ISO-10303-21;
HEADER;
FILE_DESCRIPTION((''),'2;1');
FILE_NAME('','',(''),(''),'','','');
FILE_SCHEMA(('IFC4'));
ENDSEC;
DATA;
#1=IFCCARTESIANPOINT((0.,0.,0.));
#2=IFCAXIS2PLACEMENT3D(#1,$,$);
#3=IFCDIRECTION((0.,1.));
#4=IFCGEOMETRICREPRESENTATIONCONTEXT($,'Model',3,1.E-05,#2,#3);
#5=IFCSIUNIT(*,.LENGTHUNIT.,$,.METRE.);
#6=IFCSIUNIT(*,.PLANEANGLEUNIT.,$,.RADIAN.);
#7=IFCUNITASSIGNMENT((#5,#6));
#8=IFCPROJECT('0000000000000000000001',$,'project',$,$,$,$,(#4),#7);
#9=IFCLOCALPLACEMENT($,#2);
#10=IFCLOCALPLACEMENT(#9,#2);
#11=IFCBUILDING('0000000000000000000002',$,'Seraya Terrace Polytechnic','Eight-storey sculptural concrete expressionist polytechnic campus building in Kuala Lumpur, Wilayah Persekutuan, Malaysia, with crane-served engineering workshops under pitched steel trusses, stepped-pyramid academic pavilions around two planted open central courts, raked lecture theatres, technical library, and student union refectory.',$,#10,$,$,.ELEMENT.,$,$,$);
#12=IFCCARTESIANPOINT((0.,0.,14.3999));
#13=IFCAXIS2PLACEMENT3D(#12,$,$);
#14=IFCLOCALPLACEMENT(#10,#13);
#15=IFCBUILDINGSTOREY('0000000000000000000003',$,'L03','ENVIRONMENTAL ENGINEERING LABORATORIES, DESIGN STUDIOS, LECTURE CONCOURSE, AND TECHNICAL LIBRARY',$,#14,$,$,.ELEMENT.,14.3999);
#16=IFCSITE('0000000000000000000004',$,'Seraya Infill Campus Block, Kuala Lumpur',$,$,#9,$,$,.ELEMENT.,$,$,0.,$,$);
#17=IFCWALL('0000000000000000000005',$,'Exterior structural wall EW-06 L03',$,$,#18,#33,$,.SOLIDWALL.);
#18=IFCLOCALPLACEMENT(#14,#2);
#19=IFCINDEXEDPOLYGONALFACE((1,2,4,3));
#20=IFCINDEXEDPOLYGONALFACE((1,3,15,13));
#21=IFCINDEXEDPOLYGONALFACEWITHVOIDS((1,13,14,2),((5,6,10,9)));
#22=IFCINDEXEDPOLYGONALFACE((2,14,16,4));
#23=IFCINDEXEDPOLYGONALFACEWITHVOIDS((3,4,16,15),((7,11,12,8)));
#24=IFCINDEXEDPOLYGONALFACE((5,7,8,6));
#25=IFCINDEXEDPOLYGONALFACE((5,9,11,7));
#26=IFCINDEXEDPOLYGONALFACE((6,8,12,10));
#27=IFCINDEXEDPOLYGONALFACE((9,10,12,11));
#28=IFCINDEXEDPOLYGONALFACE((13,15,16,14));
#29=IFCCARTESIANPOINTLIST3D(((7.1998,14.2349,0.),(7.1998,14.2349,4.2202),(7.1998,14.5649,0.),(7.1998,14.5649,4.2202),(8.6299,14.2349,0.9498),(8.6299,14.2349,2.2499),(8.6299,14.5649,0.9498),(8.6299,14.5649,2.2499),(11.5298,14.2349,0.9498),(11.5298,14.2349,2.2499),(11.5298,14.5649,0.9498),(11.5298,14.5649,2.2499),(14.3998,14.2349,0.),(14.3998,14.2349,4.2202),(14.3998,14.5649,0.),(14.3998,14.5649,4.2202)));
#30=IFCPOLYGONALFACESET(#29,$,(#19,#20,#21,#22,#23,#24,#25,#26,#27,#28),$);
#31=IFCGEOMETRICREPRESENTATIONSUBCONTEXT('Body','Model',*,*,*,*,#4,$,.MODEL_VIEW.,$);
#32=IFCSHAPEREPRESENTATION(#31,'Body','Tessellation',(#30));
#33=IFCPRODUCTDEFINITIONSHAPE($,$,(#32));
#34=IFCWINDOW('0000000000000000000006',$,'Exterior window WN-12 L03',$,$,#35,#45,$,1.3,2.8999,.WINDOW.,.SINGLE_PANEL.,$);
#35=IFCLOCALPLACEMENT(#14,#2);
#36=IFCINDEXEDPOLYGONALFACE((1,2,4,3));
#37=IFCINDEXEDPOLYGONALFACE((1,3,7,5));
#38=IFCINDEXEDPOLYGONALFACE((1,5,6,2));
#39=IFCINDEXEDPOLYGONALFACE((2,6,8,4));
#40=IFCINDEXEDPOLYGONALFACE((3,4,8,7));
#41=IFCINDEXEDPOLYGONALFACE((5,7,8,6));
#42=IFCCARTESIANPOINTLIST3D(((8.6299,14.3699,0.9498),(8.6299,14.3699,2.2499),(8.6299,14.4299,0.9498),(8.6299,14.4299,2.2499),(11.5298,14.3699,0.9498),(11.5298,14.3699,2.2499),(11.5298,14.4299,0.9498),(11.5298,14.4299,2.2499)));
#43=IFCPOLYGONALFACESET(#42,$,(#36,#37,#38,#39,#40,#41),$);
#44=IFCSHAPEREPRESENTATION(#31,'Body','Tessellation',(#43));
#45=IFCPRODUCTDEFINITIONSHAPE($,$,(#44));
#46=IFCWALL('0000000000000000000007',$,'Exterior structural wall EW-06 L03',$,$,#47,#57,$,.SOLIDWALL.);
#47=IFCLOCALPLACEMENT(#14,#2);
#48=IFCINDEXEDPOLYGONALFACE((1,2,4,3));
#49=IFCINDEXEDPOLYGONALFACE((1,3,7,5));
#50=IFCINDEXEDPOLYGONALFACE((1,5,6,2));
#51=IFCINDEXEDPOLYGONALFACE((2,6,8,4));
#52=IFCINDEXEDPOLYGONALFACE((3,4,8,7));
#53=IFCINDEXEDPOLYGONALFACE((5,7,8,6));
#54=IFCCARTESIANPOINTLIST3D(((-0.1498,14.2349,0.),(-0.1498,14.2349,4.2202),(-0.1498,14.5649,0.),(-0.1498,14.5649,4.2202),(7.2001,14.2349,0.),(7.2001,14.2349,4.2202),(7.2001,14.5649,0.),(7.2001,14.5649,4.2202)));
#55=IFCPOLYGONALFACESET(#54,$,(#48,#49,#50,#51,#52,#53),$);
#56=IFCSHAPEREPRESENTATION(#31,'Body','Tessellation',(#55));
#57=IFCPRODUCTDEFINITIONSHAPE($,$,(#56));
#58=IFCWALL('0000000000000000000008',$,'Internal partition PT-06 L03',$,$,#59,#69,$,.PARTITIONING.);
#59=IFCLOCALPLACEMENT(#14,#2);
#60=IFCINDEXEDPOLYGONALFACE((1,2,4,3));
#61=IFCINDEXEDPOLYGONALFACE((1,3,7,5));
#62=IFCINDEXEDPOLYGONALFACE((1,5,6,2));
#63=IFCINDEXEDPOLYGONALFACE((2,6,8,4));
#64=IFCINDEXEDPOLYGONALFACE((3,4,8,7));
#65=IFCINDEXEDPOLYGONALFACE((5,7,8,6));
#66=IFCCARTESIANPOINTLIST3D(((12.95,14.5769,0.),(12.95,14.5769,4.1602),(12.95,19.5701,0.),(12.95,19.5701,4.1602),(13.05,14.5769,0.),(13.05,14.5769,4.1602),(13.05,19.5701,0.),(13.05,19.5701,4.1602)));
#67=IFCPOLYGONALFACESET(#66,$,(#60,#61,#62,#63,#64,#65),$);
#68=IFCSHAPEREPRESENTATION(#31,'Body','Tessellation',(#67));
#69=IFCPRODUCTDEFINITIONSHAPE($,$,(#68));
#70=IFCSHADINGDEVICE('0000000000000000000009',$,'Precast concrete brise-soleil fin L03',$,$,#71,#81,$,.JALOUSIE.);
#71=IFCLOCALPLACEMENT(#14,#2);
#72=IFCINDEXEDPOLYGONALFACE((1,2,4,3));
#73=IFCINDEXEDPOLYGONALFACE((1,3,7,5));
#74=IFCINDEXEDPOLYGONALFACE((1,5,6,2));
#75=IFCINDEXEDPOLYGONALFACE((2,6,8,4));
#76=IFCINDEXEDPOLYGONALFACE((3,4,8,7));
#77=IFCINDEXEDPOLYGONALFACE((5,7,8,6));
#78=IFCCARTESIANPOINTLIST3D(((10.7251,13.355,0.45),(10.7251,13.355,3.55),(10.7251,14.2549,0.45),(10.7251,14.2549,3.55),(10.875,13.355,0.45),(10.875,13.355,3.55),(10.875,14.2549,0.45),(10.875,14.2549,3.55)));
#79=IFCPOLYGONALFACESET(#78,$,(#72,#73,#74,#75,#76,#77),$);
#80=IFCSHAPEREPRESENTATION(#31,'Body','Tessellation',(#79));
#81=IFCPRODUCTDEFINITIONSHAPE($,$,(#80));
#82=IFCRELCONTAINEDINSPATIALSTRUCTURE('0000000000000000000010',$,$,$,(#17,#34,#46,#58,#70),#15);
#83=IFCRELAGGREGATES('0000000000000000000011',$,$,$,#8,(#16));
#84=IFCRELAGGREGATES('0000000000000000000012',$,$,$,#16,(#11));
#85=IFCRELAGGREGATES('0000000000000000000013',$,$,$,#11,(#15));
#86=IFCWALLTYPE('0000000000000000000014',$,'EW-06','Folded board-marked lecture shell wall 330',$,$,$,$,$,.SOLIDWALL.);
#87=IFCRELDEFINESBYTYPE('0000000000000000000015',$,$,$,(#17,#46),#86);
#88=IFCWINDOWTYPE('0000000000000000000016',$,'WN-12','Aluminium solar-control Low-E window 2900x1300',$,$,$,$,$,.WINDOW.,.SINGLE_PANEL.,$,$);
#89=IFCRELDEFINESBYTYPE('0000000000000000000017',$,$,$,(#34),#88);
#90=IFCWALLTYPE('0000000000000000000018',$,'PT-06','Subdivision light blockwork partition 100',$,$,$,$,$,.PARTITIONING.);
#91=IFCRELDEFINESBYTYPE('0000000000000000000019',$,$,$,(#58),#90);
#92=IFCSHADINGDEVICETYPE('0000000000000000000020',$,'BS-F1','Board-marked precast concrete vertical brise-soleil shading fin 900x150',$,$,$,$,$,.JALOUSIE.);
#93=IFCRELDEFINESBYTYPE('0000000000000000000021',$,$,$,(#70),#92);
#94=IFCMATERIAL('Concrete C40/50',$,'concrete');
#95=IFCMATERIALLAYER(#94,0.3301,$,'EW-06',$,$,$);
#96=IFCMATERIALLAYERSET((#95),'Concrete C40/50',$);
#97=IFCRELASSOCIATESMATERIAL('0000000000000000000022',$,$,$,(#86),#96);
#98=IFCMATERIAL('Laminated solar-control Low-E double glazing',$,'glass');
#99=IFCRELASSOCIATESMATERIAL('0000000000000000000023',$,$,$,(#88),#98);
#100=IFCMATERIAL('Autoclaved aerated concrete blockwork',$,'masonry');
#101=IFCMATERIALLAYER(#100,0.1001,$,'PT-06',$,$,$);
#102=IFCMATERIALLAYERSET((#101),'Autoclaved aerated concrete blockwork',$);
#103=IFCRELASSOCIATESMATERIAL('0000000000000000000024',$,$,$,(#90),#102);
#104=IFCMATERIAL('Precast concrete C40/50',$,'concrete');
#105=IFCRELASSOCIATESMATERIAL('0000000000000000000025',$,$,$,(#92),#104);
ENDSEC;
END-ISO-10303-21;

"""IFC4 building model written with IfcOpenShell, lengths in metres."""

from ifc_helpers import new_model, si_unit, direction, frame, frame_2d, origin, origin_2d, place, context, subcontext, project, spatial, rectangle, extrude, material, layer, layer_set, type_object, element, fill, save


model = new_model("IFC4")

# Units and contexts
model_context = context("Model", 3, precision=1e-05, world=origin(), true_north=direction((0.0, 1.0)))
body_context = subcontext(model_context, "Body", "Model", "MODEL_VIEW")
ifc_project = project(units=[si_unit("LENGTHUNIT", "METRE"), si_unit("PLANEANGLEUNIT", "RADIAN")], contexts=[model_context])

# Site, building, storey
site_placement = place(None, origin())
site = spatial("IfcSite", under=ifc_project, at=site_placement, Name="Seraya Infill Campus Block, Kuala Lumpur", CompositionType="ELEMENT", RefElevation=0.0)
building_placement = place(site_placement, origin())
building = spatial("IfcBuilding", under=site, at=building_placement, Name="Seraya Terrace Polytechnic", Description="Eight-storey sculptural concrete expressionist polytechnic campus building in Kuala Lumpur, Wilayah Persekutuan, Malaysia, with crane-served engineering workshops under pitched steel trusses, stepped-pyramid academic pavilions around two planted open central courts, raked lecture theatres, technical library, and student union refectory.", CompositionType="ELEMENT")
storey_placement = place(building_placement, frame((0.0, 0.0, 14.3999)))
storey = spatial("IfcBuildingStorey", under=building, at=storey_placement, Name="L03", Description="ENVIRONMENTAL ENGINEERING LABORATORIES, DESIGN STUDIOS, LECTURE CONCOURSE, AND TECHNICAL LIBRARY", CompositionType="ELEMENT", Elevation=14.3999)

# Shared definitions
ifc_material_1 = material(Name="Concrete C40/50", Category="concrete")

# Wall, opening, window
ifc_layer_1 = layer(ifc_material_1, 0.3301, Name="EW-06")
ifc_layer_set_1 = layer_set([ifc_layer_1], Name="Concrete C40/50")
wall_type_1 = type_object("IfcWallType", Name="EW-06", Description="Folded board-marked lecture shell wall 330", PredefinedType="SOLIDWALL", material=ifc_layer_set_1)
wall_1_placement = place(storey_placement, frame((14.3999, 14.3999, 0.0), z_axis=(0.0, 0.0, 1.0), x_axis=(-1.0, 0.0, 0.0)))
wall_1 = element("IfcWall", 1, at=wall_1_placement, inside=storey, type_object=wall_type_1, Name="Exterior structural wall EW-06 L03", PredefinedType="SOLIDWALL", context=body_context, shape_type="SweptSolid", body=[
    extrude(rectangle(XDim=7.2, YDim=0.3301, at=frame_2d((3.6001, 0.0))), origin(), (0.0, 0.0, 1.0), 4.2202),
])
opening_placement = place(wall_1_placement, frame((2.8701, 0.0, 0.95)))
opening = element("IfcOpeningElement", 2, at=opening_placement, cuts=wall_1, PredefinedType="OPENING", context=body_context, shape_type="SweptSolid", body=[
    extrude(rectangle(XDim=2.8999, YDim=1.3, at=frame_2d((1.45, 0.6499))), frame((0.0, 0.177, 0.0), z_axis=(0.0, -1.0, 0.0), x_axis=(1.0, 0.0, 0.0)), (0.0, 0.0, 1.0), 0.354),
])
ifc_material_2 = material(Name="Laminated solar-control Low-E double glazing", Category="glass")
window_type = type_object("IfcWindowType", Name="WN-12", Description="Aluminium solar-control Low-E window 2900x1300", PartitioningType="SINGLE_PANEL", PredefinedType="WINDOW", material=ifc_material_2)
window_placement = place(opening_placement, origin())
window = element("IfcWindow", 3, at=window_placement, inside=storey, type_object=window_type, Name="Exterior window WN-12 L03", OverallHeight=1.3, OverallWidth=2.8999, PartitioningType="SINGLE_PANEL", PredefinedType="WINDOW", context=body_context, shape_type="SweptSolid", body=[
    extrude(rectangle(XDim=2.8999, YDim=1.3, at=frame_2d((1.45, 0.6499))), frame((0.0, 0.03, 0.0), z_axis=(0.0, -1.0, 0.0), x_axis=(1.0, 0.0, 0.0)), (0.0, 0.0, 1.0), 0.0601),
])
fill(opening, window)

# Walls
wall_2_placement = place(storey_placement, frame((7.2, 14.3999, 0.0), z_axis=(0.0, 0.0, 1.0), x_axis=(-1.0, 0.0, 0.0)))
element("IfcWall", 4, at=wall_2_placement, inside=storey, type_object=wall_type_1, Name="Exterior structural wall EW-06 L03", PredefinedType="SOLIDWALL", context=body_context, shape_type="SweptSolid", body=[
    extrude(rectangle(XDim=7.3499, YDim=0.3301, at=frame_2d((3.6748, 0.0))), origin(), (0.0, 0.0, 1.0), 4.2202),
])
ifc_material_3 = material(Name="Autoclaved aerated concrete blockwork", Category="masonry")
ifc_layer_2 = layer(ifc_material_3, 0.1001, Name="PT-06")
ifc_layer_set_2 = layer_set([ifc_layer_2], Name="Autoclaved aerated concrete blockwork")
wall_type_2 = type_object("IfcWallType", Name="PT-06", Description="Subdivision light blockwork partition 100", PredefinedType="PARTITIONING", material=ifc_layer_set_2)
wall_3_placement = place(storey_placement, frame((13.0, 14.5769, 0.0), z_axis=(0.0, 0.0, 1.0), x_axis=(0.0, 1.0, 0.0)))
element("IfcWall", 5, at=wall_3_placement, inside=storey, type_object=wall_type_2, Name="Internal partition PT-06 L03", PredefinedType="PARTITIONING", context=body_context, shape_type="SweptSolid", body=[
    extrude(rectangle(XDim=4.9932, YDim=0.1001, at=frame_2d((2.4966, 0.0))), origin(), (0.0, 0.0, 1.0), 4.1602),
])

# Shading device
ifc_material_4 = material(Name="Precast concrete C40/50", Category="concrete")
shading_device_type = type_object("IfcShadingDeviceType", Name="BS-F1", Description="Board-marked precast concrete vertical brise-soleil shading fin 900x150", PredefinedType="JALOUSIE", material=ifc_material_4)
shading_device_placement = place(storey_placement, frame((10.8, 13.8049, 0.45), z_axis=(0.0, 0.0, 1.0), x_axis=(0.0, -1.0, 0.0)))
element("IfcShadingDevice", 6, at=shading_device_placement, inside=storey, type_object=shading_device_type, Name="Precast concrete brise-soleil fin L03", PredefinedType="JALOUSIE", context=body_context, shape_type="SweptSolid", body=[
    extrude(rectangle(XDim=0.8999, YDim=0.1499, at=origin_2d()), origin(), (0.0, 0.0, 1.0), 3.1001),
])

save(model, "model.ifc")
